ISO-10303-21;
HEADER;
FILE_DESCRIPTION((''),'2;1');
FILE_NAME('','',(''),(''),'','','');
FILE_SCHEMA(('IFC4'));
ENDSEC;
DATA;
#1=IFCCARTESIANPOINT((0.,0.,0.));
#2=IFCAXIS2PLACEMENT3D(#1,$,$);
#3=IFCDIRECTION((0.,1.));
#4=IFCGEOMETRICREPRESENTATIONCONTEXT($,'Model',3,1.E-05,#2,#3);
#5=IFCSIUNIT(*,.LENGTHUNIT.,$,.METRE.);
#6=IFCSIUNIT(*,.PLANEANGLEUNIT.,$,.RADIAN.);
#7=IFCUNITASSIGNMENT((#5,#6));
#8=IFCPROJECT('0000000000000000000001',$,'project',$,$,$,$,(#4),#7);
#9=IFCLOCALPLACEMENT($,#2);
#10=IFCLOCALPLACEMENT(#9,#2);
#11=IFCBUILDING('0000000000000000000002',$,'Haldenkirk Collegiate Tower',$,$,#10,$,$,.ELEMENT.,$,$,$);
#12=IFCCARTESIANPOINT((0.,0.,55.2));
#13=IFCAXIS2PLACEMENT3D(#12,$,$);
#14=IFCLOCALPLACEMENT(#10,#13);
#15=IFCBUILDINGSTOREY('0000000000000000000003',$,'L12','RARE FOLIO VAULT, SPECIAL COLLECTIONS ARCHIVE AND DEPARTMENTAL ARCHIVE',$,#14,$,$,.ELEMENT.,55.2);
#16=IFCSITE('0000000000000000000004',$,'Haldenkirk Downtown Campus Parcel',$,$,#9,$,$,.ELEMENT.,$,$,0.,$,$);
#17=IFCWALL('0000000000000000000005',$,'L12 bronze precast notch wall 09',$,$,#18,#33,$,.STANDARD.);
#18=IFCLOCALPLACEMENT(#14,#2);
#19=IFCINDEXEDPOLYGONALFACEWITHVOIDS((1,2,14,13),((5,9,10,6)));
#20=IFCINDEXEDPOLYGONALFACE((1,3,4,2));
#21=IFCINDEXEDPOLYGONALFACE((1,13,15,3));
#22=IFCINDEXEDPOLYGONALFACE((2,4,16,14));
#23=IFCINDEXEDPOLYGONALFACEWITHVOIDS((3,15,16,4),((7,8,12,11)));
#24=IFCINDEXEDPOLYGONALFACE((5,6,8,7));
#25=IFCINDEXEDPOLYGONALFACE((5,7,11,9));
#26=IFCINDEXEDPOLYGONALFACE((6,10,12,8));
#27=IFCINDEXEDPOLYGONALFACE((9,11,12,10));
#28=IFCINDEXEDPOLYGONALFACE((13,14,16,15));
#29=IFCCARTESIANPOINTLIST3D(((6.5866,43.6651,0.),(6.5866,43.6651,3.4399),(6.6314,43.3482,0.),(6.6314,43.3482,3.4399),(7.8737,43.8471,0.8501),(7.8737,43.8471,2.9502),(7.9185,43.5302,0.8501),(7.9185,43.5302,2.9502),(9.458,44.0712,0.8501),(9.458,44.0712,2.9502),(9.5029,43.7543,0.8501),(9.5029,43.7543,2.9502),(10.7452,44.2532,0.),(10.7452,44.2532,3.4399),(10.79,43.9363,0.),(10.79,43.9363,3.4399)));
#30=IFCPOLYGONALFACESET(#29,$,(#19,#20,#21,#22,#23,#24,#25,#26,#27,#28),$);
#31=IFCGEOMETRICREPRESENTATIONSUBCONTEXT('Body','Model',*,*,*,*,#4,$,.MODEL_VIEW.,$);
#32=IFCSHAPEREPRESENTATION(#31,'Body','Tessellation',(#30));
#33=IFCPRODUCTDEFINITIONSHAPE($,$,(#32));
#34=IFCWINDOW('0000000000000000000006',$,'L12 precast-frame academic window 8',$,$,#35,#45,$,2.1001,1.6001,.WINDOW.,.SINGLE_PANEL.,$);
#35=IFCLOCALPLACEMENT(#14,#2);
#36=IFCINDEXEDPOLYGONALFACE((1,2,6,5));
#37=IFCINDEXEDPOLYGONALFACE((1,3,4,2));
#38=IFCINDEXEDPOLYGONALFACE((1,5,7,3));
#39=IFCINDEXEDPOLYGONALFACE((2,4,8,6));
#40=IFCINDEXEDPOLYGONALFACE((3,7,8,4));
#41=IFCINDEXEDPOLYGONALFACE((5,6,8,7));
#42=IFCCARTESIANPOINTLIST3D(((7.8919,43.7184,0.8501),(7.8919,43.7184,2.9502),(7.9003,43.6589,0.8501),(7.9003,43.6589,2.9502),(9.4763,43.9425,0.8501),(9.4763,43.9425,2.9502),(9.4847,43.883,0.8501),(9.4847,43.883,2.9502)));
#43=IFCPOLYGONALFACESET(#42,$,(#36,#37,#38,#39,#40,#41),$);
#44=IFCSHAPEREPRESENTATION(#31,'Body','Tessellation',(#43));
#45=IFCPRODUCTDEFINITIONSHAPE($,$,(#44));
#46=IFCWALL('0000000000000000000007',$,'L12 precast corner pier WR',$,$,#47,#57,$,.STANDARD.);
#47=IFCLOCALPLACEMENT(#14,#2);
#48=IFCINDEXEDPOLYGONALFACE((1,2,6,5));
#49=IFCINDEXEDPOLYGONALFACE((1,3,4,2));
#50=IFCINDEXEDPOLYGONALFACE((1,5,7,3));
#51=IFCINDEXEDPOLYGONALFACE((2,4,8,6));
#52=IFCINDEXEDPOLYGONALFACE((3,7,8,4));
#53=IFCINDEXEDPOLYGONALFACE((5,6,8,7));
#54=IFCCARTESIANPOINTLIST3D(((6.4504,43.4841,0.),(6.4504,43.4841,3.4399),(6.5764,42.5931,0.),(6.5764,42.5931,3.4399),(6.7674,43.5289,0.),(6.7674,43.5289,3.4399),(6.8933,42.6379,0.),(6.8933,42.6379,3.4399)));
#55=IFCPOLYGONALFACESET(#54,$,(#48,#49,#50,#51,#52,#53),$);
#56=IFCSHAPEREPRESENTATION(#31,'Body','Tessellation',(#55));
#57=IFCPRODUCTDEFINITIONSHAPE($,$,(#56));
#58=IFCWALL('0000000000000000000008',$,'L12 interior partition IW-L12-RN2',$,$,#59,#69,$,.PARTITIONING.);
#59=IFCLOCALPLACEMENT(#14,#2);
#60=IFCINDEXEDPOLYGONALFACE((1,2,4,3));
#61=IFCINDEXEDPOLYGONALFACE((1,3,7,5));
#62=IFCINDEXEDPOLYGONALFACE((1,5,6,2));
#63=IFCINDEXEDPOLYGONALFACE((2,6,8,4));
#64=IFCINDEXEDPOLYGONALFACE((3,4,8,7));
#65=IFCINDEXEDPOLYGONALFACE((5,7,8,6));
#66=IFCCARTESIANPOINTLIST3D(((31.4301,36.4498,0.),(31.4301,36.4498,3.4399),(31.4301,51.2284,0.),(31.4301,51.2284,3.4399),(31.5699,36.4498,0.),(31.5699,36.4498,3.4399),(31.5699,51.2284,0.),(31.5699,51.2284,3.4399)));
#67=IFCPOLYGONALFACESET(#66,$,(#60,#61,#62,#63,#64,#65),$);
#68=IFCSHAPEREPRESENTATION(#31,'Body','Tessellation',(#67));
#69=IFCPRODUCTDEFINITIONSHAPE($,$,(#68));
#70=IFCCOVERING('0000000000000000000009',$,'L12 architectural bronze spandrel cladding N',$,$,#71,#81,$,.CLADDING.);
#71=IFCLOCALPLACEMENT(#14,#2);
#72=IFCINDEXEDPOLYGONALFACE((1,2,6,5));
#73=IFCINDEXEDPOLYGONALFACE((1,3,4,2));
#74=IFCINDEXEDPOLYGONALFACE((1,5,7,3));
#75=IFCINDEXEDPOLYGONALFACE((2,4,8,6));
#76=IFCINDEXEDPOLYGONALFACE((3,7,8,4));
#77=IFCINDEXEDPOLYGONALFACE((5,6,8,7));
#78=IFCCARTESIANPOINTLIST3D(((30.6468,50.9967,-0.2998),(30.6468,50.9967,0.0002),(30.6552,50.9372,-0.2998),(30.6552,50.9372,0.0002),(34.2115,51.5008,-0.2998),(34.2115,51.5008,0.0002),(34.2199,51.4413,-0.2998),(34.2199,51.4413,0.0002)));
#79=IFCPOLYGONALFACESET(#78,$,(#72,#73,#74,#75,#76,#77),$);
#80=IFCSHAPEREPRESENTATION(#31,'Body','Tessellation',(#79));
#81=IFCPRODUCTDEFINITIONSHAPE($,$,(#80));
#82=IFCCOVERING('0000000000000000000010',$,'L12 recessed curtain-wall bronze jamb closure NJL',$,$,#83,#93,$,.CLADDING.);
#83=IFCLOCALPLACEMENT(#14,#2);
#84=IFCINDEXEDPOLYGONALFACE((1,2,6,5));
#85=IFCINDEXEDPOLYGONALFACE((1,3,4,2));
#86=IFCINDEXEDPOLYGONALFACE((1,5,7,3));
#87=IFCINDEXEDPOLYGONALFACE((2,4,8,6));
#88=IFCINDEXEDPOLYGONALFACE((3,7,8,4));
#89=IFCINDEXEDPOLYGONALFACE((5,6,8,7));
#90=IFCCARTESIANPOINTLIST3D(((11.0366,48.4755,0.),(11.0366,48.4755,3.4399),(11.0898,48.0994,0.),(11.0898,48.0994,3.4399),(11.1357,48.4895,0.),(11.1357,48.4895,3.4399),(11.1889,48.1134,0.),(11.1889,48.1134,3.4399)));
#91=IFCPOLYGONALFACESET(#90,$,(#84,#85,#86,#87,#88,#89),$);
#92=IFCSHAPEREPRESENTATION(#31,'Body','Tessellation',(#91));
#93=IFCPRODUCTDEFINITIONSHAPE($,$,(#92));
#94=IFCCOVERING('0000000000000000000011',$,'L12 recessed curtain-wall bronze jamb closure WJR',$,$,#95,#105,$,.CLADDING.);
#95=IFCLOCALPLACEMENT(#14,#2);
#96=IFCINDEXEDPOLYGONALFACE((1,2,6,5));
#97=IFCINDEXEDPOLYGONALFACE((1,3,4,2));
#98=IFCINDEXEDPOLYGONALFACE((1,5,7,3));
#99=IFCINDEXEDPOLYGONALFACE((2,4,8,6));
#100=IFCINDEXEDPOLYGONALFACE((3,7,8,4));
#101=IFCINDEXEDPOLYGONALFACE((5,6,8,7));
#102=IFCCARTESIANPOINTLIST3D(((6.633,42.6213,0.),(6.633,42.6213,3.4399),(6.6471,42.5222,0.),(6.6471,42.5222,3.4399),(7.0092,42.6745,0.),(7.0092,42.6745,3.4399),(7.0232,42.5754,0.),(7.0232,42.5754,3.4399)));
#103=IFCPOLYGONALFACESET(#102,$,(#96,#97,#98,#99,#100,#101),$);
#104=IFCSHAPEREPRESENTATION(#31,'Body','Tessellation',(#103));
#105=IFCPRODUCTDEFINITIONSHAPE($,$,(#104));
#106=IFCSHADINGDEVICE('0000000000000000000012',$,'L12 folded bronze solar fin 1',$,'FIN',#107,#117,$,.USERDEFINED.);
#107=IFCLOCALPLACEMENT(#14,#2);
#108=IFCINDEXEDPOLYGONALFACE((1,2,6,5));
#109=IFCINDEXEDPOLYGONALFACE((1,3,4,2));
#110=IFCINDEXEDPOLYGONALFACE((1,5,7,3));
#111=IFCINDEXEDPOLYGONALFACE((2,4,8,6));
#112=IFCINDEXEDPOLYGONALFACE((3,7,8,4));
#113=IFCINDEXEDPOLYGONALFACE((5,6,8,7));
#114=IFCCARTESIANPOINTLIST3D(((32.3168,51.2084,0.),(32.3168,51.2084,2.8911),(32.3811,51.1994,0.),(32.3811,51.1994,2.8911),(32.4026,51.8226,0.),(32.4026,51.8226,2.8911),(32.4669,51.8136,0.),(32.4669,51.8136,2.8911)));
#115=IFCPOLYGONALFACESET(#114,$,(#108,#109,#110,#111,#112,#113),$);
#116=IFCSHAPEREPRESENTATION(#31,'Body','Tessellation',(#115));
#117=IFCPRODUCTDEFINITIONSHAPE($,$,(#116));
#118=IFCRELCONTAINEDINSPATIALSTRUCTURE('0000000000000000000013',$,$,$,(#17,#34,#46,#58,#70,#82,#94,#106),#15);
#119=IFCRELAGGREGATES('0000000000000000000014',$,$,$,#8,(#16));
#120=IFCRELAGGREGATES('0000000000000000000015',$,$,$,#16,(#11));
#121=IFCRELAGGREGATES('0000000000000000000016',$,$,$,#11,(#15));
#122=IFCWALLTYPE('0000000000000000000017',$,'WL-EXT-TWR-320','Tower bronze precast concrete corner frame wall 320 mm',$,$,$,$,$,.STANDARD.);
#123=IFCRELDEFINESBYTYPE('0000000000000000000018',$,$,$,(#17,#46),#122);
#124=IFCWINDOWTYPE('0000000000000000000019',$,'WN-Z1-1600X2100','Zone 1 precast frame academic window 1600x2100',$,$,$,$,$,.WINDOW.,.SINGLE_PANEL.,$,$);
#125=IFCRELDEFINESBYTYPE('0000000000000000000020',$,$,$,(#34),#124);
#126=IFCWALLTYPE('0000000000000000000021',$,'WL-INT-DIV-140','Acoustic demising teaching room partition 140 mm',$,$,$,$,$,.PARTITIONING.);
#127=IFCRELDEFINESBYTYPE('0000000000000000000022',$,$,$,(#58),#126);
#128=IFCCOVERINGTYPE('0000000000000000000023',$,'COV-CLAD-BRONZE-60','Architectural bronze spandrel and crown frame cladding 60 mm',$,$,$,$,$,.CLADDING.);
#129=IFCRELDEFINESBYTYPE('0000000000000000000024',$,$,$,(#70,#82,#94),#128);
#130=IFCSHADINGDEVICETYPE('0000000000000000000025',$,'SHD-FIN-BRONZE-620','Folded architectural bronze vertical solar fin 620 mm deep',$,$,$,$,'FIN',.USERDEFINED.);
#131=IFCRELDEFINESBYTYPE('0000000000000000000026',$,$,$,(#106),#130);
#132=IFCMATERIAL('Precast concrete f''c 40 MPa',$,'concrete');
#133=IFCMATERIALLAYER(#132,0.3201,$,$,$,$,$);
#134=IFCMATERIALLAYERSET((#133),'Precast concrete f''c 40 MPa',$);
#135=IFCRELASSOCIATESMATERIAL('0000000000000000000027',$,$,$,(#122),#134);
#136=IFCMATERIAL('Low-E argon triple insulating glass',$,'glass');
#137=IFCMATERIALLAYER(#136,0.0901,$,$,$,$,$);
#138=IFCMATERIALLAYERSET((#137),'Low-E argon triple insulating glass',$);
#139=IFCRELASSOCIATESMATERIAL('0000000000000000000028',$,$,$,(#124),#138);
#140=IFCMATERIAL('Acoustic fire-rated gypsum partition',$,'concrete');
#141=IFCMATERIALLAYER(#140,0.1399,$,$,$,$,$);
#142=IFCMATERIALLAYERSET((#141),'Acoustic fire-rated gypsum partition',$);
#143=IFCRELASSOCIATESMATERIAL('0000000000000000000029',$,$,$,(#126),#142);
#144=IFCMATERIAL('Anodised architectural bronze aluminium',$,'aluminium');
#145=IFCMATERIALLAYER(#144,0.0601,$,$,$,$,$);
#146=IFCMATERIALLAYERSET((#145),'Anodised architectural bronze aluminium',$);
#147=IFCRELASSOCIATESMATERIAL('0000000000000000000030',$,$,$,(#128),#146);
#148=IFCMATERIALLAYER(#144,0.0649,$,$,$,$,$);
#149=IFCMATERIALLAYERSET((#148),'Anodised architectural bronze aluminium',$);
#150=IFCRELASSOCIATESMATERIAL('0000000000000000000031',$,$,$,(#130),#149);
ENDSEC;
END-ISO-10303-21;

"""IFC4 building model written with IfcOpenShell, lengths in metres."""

from ifc_helpers import new_model, si_unit, direction, frame, frame_2d, origin, origin_2d, place, context, subcontext, project, spatial, rectangle, extrude, source, transform, mapped, material, layer, layer_set, type_object, element, fill, save


model = new_model("IFC4")

# Units and contexts
model_context = context("Model", 3, precision=1e-05, world=origin(), true_north=direction((0.0, 1.0)))
body_context = subcontext(model_context, "Body", "Model", "MODEL_VIEW")
ifc_project = project(units=[si_unit("LENGTHUNIT", "METRE"), si_unit("PLANEANGLEUNIT", "RADIAN")], contexts=[model_context])

# Site, building, storey
site_placement = place(None, origin())
site = spatial("IfcSite", under=ifc_project, at=site_placement, Name="Haldenkirk Downtown Campus Parcel", CompositionType="ELEMENT", RefElevation=0.0)
building_placement = place(site_placement, origin())
building = spatial("IfcBuilding", under=site, at=building_placement, Name="Haldenkirk Collegiate Tower", CompositionType="ELEMENT")
storey_placement = place(building_placement, frame((0.0, 0.0, 55.2)))
storey = spatial("IfcBuildingStorey", under=building, at=storey_placement, Name="L12", Description="RARE FOLIO VAULT, SPECIAL COLLECTIONS ARCHIVE AND DEPARTMENTAL ARCHIVE", CompositionType="ELEMENT", Elevation=55.2)

# Shared definitions
ifc_material_1 = material(Name="Anodised architectural bronze aluminium", Category="aluminium")

# Shared definitions
ifc_material_2 = material(Name="Low-E argon triple insulating glass", Category="glass")

# Shared definitions
ifc_material_3 = material(Name="Precast concrete f'c 40 MPa", Category="concrete")
ifc_layer_1 = layer(ifc_material_3, 0.3201)
ifc_layer_set_1 = layer_set([ifc_layer_1], Name="Precast concrete f'c 40 MPa")
wall_type_1 = type_object("IfcWallType", Name="WL-EXT-TWR-320", Description="Tower bronze precast concrete corner frame wall 320 mm", PredefinedType="STANDARD", material=ifc_layer_set_1)

# Wall, opening, window
wall_1_placement = place(storey_placement, frame((6.6089, 43.5066, 0.0), z_axis=(0.0, 0.0, 1.0), x_axis=(0.990146, 0.140038, 0.0)))
wall_1 = element("IfcWall", 1, at=wall_1_placement, inside=storey, type_object=wall_type_1, Name="L12 bronze precast notch wall 09", PredefinedType="STANDARD", context=body_context, shape_type="SweptSolid", body=[
    extrude(rectangle(XDim=4.2, YDim=0.3201, at=frame_2d((2.1001, 0.0))), origin(), (0.0, 0.0, 1.0), 3.4399),
])
opening_placement = place(wall_1_placement, frame((1.3, 0.0, 0.8501)))
opening = element("IfcOpeningElement", 2, at=opening_placement, cuts=wall_1, PredefinedType="OPENING", context=body_context, shape_type="SweptSolid", body=[
    extrude(rectangle(XDim=1.6001, YDim=2.1001, at=frame_2d((0.8, 1.05))), frame((0.0, 0.1699, 0.0), z_axis=(0.0, -1.0, 0.0), x_axis=(1.0, 0.0, 0.0)), (0.0, 0.0, 1.0), 0.3401),
])
ifc_layer_2 = layer(ifc_material_2, 0.0901)
ifc_layer_set_2 = layer_set([ifc_layer_2], Name="Low-E argon triple insulating glass")
window_type = type_object("IfcWindowType", Name="WN-Z1-1600X2100", Description="Zone 1 precast frame academic window 1600x2100", PartitioningType="SINGLE_PANEL", PredefinedType="WINDOW", material=ifc_layer_set_2)
window_placement = place(opening_placement, origin())
window = element("IfcWindow", 3, at=window_placement, inside=storey, type_object=window_type, Name="L12 precast-frame academic window 8", OverallHeight=2.1001, OverallWidth=1.6001, PartitioningType="SINGLE_PANEL", PredefinedType="WINDOW", context=body_context, shape_type="SweptSolid", body=[
    extrude(rectangle(XDim=1.6001, YDim=2.1001, at=frame_2d((0.8, 1.05))), frame((0.0, 0.03, 0.0), z_axis=(0.0, -1.0, 0.0), x_axis=(1.0, 0.0, 0.0)), (0.0, 0.0, 1.0), 0.0601),
])
fill(opening, window)

# Walls
wall_2_placement = place(storey_placement, frame((6.7349, 42.6155, 0.0), z_axis=(0.0, 0.0, 1.0), x_axis=(-0.139978, 0.990155, 0.0)))
element("IfcWall", 4, at=wall_2_placement, inside=storey, type_object=wall_type_1, Name="L12 precast corner pier WR", PredefinedType="STANDARD", context=body_context, shape_type="SweptSolid", body=[
    extrude(rectangle(XDim=0.8999, YDim=0.3201, at=frame_2d((0.45, 0.0))), origin(), (0.0, 0.0, 1.0), 3.4399),
])
ifc_material_4 = material(Name="Acoustic fire-rated gypsum partition", Category="concrete")
ifc_layer_3 = layer(ifc_material_4, 0.1399)
ifc_layer_set_3 = layer_set([ifc_layer_3], Name="Acoustic fire-rated gypsum partition")
wall_type_2 = type_object("IfcWallType", Name="WL-INT-DIV-140", Description="Acoustic demising teaching room partition 140 mm", PredefinedType="PARTITIONING", material=ifc_layer_set_3)
wall_3_placement = place(storey_placement, frame((31.5, 36.45, 0.0), z_axis=(0.0, 0.0, 1.0), x_axis=(0.0, 1.0, 0.0)))
element("IfcWall", 5, at=wall_3_placement, inside=storey, type_object=wall_type_2, Name="L12 interior partition IW-L12-RN2", PredefinedType="PARTITIONING", context=body_context, shape_type="SweptSolid", body=[
    extrude(rectangle(XDim=14.7786, YDim=0.1399, at=frame_2d((7.3892, 0.0))), origin(), (0.0, 0.0, 1.0), 3.4399),
])

# Coverings
ifc_layer_4 = layer(ifc_material_1, 0.0601)
ifc_layer_set_4 = layer_set([ifc_layer_4], Name="Anodised architectural bronze aluminium")
covering_type = type_object("IfcCoveringType", Name="COV-CLAD-BRONZE-60", Description="Architectural bronze spandrel and crown frame cladding 60 mm", PredefinedType="CLADDING", material=ifc_layer_set_4)
shared_shape_1 = source(origin(), body_context, "Body", "SweptSolid", [
    extrude(rectangle(XDim=3.6001, YDim=0.0601, at=origin_2d()), origin(), (0.0, 0.0, 1.0), 0.3),
])
covering_placement = place(storey_placement, frame((32.4333, 51.219, -0.2998), z_axis=(0.0, 0.0, 1.0), x_axis=(0.990146, 0.140037, 0.0)))
element("IfcCovering", 6, at=covering_placement, inside=storey, type_object=covering_type, Name="L12 architectural bronze spandrel cladding N", PredefinedType="CLADDING", context=body_context, shape_type="MappedRepresentation", body=[
    mapped(shared_shape_1, transform((0.0, 0.0, 0.0), x_axis=(1.0, 0.0, 0.0), y_axis=(0.0, 1.0, 0.0), z_axis=(0.0, 0.0, 1.0), scale=1.0)),
])
shared_shape_2 = source(origin(), body_context, "Body", "SweptSolid", [
    extrude(rectangle(XDim=0.1001, YDim=0.3799, at=origin_2d()), origin(), (0.0, 0.0, 1.0), 3.4399),
])
for number, where, z_axis, x_axis, name in (
    (7, (11.1128, 48.2944, 0.0), (0.0, 0.0, 1.0), (0.990146, 0.140037, 0.0), "L12 recessed curtain-wall bronze jamb closure NJL"),
    (8, (6.8281, 42.5984, 0.0), (0.0, 0.0, 1.0), (-0.140037, 0.990146, 0.0), "L12 recessed curtain-wall bronze jamb closure WJR"),
):
    element("IfcCovering", number, at=place(storey_placement, frame(where, z_axis=z_axis, x_axis=x_axis)), inside=storey, type_object=covering_type, Name=name, PredefinedType="CLADDING", context=body_context, shape_type="MappedRepresentation", body=[
        mapped(shared_shape_2, transform((0.0, 0.0, 0.0), x_axis=(1.0, 0.0, 0.0), y_axis=(0.0, 1.0, 0.0), z_axis=(0.0, 0.0, 1.0), scale=1.0)),
    ])

# Shading device
ifc_layer_5 = layer(ifc_material_1, 0.0649)
ifc_layer_set_5 = layer_set([ifc_layer_5], Name="Anodised architectural bronze aluminium")
shading_device_type = type_object("IfcShadingDeviceType", Name="SHD-FIN-BRONZE-620", Description="Folded architectural bronze vertical solar fin 620 mm deep", ElementType="FIN", PredefinedType="USERDEFINED", material=ifc_layer_set_5)
shared_shape_3 = source(origin(), body_context, "Body", "SweptSolid", [
    extrude(rectangle(XDim=0.6201, YDim=0.0649, at=origin_2d()), origin(), (0.0, 0.0, 1.0), 2.8911),
])
shading_device_placement = place(storey_placement, frame((32.3918, 51.511, 0.0), z_axis=(0.0, 0.0, 1.0), x_axis=(0.138309, 0.990389, 0.0)))
element("IfcShadingDevice", 9, at=shading_device_placement, inside=storey, type_object=shading_device_type, Name="L12 folded bronze solar fin 1", ObjectType="FIN", PredefinedType="USERDEFINED", context=body_context, shape_type="MappedRepresentation", body=[
    mapped(shared_shape_3, transform((0.0, 0.0, 0.0), x_axis=(1.0, 0.0, 0.0), y_axis=(0.0, 1.0, 0.0), z_axis=(0.0, 0.0, 1.0), scale=1.0)),
])

save(model, "model.ifc")
